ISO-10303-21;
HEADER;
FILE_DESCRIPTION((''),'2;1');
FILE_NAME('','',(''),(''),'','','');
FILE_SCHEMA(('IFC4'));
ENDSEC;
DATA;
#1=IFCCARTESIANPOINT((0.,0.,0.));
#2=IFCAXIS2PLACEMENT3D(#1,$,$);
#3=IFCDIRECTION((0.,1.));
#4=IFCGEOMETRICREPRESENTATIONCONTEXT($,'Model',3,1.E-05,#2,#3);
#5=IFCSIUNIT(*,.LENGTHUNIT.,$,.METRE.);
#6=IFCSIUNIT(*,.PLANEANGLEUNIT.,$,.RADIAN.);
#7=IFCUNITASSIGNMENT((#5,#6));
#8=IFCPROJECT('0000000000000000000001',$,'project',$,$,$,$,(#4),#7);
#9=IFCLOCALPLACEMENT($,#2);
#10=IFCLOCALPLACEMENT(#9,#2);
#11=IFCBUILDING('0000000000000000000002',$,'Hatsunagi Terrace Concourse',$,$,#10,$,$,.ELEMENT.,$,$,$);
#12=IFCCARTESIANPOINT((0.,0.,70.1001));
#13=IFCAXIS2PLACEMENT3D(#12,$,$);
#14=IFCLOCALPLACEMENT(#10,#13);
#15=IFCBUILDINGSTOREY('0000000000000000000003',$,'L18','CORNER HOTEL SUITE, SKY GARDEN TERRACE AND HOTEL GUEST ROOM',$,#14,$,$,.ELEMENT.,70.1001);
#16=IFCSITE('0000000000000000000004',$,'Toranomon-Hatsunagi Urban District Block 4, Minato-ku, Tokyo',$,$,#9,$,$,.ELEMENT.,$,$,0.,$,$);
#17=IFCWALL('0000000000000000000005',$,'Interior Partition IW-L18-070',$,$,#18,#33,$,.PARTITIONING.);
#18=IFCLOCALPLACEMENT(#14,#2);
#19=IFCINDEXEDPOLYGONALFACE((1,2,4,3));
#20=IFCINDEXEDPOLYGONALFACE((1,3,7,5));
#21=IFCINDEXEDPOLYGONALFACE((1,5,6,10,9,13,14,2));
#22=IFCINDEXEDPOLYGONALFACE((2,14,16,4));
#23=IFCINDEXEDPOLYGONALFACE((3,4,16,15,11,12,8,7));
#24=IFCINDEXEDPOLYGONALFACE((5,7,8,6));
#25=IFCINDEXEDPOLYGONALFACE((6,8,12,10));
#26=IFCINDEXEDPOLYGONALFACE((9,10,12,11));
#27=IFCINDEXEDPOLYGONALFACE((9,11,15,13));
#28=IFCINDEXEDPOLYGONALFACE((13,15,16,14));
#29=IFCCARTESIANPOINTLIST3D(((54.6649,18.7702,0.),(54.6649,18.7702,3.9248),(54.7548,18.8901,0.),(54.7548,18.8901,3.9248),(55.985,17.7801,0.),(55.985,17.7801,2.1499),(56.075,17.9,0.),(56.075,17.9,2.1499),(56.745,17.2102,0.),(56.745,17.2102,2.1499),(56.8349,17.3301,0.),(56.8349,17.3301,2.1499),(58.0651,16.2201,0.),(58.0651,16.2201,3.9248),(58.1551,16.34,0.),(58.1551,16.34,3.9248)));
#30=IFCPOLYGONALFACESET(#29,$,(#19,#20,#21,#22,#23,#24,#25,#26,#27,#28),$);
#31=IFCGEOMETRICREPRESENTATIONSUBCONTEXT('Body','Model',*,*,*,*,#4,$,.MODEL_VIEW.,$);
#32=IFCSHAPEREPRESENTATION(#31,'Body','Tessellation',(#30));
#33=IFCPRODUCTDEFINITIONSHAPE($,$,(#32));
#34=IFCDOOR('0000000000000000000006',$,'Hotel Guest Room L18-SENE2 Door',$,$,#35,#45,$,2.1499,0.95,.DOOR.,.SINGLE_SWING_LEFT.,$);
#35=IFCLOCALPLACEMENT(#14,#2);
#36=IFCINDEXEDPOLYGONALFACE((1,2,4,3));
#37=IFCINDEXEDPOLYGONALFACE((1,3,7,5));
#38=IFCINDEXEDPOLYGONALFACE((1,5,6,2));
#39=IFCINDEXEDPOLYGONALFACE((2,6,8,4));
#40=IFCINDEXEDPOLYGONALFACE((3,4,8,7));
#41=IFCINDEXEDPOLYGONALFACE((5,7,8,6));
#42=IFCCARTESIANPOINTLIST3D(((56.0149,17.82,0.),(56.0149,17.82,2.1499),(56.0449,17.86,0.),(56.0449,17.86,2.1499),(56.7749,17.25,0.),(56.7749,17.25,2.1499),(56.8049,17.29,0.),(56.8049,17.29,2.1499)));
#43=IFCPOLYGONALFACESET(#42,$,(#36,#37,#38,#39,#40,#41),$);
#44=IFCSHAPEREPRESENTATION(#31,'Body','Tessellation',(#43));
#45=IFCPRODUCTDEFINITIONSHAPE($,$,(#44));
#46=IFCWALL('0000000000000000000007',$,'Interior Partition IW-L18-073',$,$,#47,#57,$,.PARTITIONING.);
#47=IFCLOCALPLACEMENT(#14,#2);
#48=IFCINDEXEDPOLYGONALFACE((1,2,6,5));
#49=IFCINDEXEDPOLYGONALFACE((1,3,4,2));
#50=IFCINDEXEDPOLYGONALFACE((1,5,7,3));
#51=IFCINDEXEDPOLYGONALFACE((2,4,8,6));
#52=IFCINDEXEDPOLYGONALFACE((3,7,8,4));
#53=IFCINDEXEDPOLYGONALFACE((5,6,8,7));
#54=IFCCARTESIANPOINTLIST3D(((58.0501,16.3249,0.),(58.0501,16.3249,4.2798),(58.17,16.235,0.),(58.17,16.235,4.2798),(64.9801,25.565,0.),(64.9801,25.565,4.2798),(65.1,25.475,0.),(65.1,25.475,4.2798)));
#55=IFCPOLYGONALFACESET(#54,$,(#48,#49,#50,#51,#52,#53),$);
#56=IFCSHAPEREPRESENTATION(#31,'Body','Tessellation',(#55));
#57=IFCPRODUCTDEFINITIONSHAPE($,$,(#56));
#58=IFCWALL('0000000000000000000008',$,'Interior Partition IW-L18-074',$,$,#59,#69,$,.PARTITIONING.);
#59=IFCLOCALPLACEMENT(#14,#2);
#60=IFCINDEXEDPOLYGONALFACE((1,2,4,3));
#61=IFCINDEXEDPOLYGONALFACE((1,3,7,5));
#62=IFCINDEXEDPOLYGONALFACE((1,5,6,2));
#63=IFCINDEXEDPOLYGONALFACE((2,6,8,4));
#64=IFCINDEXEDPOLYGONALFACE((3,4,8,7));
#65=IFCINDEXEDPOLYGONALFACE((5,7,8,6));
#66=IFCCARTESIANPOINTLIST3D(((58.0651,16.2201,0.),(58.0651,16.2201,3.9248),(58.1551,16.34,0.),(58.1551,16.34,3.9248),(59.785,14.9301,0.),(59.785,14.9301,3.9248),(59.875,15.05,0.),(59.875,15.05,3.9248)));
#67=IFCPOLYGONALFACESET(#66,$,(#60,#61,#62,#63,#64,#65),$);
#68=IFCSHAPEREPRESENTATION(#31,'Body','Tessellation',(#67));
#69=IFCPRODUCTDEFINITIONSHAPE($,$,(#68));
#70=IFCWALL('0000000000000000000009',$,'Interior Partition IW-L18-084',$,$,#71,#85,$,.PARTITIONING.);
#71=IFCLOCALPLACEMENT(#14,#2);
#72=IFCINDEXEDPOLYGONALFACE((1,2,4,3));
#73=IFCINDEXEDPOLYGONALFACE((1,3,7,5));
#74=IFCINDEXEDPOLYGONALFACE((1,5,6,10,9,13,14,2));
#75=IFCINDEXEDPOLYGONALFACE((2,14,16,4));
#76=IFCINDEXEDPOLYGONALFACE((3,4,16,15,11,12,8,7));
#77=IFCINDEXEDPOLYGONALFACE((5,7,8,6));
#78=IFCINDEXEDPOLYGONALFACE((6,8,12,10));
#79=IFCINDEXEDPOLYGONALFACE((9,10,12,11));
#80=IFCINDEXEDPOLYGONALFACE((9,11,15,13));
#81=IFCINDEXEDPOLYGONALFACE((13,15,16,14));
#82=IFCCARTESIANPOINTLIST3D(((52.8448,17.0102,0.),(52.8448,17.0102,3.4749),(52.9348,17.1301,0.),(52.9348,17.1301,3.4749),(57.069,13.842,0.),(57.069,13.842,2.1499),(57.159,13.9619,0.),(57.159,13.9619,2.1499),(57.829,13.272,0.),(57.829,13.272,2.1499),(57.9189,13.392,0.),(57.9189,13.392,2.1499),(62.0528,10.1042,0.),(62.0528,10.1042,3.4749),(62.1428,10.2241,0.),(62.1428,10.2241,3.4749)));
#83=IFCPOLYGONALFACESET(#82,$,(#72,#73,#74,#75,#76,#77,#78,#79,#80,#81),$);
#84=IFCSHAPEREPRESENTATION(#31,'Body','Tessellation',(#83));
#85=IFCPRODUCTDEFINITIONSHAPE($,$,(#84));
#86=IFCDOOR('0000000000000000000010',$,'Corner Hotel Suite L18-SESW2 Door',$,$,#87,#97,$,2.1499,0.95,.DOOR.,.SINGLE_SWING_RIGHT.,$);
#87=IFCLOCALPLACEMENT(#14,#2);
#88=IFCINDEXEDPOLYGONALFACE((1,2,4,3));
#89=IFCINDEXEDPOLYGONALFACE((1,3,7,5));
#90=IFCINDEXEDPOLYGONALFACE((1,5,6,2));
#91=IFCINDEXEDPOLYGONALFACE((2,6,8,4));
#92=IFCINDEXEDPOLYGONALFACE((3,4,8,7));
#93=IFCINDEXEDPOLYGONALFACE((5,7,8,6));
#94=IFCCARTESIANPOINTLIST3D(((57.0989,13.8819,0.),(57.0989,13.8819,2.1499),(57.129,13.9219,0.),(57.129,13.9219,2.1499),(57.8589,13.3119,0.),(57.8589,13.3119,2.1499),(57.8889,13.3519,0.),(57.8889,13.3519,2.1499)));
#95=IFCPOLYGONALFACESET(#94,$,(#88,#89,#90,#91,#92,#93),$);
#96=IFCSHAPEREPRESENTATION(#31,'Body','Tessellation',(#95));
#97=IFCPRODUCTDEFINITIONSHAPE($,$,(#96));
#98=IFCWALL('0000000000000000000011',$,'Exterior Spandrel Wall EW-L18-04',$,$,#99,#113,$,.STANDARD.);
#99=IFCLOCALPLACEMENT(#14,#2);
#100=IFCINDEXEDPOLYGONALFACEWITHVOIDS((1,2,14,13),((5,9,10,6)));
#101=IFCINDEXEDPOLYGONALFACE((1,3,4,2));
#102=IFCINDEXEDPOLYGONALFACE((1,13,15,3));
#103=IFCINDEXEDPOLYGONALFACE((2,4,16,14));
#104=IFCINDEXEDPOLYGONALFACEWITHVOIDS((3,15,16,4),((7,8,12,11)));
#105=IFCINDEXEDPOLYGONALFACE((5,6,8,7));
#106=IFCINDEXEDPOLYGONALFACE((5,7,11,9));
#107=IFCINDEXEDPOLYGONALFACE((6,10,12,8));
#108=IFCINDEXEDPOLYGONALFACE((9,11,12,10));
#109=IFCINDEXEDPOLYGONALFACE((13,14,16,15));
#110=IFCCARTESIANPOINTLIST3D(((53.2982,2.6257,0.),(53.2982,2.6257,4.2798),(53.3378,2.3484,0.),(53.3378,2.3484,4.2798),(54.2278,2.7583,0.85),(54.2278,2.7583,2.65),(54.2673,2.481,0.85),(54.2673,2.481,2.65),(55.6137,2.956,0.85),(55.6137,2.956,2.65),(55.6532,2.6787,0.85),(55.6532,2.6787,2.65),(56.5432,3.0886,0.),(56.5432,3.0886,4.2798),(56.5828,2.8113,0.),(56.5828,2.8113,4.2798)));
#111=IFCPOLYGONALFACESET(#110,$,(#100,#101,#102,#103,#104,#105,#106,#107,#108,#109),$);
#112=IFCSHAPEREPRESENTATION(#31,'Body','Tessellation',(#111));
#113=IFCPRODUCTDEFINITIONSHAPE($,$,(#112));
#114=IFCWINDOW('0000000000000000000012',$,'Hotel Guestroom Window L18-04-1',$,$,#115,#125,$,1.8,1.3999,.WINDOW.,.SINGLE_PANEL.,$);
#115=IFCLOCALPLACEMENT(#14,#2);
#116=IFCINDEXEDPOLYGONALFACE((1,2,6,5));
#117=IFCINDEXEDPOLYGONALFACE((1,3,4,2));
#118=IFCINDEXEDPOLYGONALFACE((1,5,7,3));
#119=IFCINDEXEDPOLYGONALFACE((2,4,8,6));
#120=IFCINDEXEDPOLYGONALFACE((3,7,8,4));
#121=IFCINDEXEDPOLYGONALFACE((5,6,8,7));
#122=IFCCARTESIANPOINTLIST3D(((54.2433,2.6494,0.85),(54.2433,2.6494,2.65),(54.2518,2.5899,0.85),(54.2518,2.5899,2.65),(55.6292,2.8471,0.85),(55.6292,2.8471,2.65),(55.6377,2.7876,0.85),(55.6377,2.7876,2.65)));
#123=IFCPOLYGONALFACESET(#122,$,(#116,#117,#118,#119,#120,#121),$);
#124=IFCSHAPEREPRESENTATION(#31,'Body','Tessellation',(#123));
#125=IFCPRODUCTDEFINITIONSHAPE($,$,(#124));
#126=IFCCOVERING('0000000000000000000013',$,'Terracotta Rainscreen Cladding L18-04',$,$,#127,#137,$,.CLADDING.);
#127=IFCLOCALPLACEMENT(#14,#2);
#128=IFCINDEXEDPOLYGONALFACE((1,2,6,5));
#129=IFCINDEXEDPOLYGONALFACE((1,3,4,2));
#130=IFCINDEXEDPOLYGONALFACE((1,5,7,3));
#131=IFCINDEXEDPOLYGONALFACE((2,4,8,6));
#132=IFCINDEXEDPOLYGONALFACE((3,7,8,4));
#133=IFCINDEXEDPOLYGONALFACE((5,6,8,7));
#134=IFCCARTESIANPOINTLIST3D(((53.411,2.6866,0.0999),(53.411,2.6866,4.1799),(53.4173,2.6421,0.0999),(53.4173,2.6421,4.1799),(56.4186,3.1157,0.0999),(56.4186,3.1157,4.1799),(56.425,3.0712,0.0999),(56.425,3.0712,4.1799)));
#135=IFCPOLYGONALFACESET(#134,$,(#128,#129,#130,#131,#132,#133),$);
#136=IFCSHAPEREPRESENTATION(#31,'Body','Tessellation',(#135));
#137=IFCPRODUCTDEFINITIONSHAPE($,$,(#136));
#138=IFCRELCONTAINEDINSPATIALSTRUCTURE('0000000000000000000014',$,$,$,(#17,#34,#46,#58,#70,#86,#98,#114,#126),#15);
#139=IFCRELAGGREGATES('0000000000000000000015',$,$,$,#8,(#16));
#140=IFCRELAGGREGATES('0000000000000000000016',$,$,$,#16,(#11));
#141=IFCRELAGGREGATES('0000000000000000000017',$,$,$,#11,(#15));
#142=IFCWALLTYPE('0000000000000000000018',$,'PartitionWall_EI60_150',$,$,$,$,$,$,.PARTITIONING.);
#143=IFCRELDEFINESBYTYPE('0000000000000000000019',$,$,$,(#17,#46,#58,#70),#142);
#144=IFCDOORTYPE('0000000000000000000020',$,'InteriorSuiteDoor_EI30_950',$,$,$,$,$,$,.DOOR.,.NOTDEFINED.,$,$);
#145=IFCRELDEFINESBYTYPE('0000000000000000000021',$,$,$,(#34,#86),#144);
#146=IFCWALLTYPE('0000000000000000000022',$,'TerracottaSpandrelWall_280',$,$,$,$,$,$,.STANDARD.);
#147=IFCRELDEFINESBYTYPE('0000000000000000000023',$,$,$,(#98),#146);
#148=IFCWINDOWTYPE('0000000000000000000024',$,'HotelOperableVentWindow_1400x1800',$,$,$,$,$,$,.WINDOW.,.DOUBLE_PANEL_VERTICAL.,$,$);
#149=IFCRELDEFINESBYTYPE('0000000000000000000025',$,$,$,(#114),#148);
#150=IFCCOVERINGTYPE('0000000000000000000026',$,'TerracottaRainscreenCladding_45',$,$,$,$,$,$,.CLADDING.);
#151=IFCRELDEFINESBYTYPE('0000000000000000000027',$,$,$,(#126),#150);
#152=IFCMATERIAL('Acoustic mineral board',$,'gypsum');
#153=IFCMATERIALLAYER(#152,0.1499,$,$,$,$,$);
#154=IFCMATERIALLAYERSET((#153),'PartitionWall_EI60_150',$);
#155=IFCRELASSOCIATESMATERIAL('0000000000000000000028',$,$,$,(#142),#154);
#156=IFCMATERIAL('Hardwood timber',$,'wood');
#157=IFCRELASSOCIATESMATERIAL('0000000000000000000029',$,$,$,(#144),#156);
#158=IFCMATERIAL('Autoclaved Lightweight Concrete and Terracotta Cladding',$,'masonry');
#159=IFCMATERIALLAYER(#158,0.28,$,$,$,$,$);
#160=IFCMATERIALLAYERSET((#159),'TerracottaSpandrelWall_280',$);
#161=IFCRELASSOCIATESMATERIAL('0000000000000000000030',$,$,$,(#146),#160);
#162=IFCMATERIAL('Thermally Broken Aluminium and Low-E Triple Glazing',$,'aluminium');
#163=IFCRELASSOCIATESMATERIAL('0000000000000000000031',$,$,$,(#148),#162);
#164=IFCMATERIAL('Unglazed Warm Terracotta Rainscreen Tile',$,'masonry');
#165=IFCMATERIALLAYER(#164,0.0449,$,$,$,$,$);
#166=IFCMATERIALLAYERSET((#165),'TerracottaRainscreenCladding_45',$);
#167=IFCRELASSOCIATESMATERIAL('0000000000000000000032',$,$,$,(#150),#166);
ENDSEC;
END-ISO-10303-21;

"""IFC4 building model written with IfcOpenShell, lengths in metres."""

from ifc_helpers import new_model, si_unit, direction, frame, frame_2d, origin, origin_2d, place, context, subcontext, project, spatial, rectangle, extrude, material, layer, layer_set, type_object, element, fill, save


model = new_model("IFC4")

# Units and contexts
model_context = context("Model", 3, precision=1e-05, world=origin(), true_north=direction((0.0, 1.0)))
body_context = subcontext(model_context, "Body", "Model", "MODEL_VIEW")
ifc_project = project(units=[si_unit("LENGTHUNIT", "METRE"), si_unit("PLANEANGLEUNIT", "RADIAN")], contexts=[model_context])

# Site, building, storey
site_placement = place(None, origin())
site = spatial("IfcSite", under=ifc_project, at=site_placement, Name="Toranomon-Hatsunagi Urban District Block 4, Minato-ku, Tokyo", CompositionType="ELEMENT", RefElevation=0.0)
building_placement = place(site_placement, origin())
building = spatial("IfcBuilding", under=site, at=building_placement, Name="Hatsunagi Terrace Concourse", CompositionType="ELEMENT")
storey_placement = place(building_placement, frame((0.0, 0.0, 70.1001)))
storey = spatial("IfcBuildingStorey", under=building, at=storey_placement, Name="L18", Description="CORNER HOTEL SUITE, SKY GARDEN TERRACE AND HOTEL GUEST ROOM", CompositionType="ELEMENT", Elevation=70.1001)

# Wall, opening, door
ifc_material_1 = material(Name="Acoustic mineral board", Category="gypsum")
ifc_layer_1 = layer(ifc_material_1, 0.1499)
ifc_layer_set_1 = layer_set([ifc_layer_1], Name="PartitionWall_EI60_150")
wall_type_1 = type_object("IfcWallType", Name="PartitionWall_EI60_150", PredefinedType="PARTITIONING", material=ifc_layer_set_1)
wall_1_placement = place(storey_placement, frame((54.71, 18.8301, 0.0), z_axis=(0.0, 0.0, 1.0), x_axis=(0.800007, -0.599991, 0.0)))
wall_1 = element("IfcWall", 1, at=wall_1_placement, inside=storey, type_object=wall_type_1, Name="Interior Partition IW-L18-070", PredefinedType="PARTITIONING", context=body_context, shape_type="SweptSolid", body=[
    extrude(rectangle(XDim=4.2502, YDim=0.1499, at=frame_2d((2.125, 0.0))), origin(), (0.0, 0.0, 1.0), 3.9248),
])
opening_1_placement = place(wall_1_placement, frame((1.6499, 0.0, 0.0)))
opening_1 = element("IfcOpeningElement", 2, at=opening_1_placement, cuts=wall_1, PredefinedType="OPENING", context=body_context, shape_type="SweptSolid", body=[
    extrude(rectangle(XDim=0.95, YDim=2.1499, at=frame_2d((0.4751, 1.075))), frame((0.0, 0.085, 0.0), z_axis=(0.0, -1.0, 0.0), x_axis=(1.0, 0.0, 0.0)), (0.0, 0.0, 1.0), 0.1699),
])
ifc_material_2 = material(Name="Hardwood timber", Category="wood")
door_type = type_object("IfcDoorType", Name="InteriorSuiteDoor_EI30_950", OperationType="NOTDEFINED", PredefinedType="DOOR", material=ifc_material_2)
door_1_placement = place(opening_1_placement, origin())
door_1 = element("IfcDoor", 3, at=door_1_placement, inside=storey, type_object=door_type, Name="Hotel Guest Room L18-SENE2 Door", OperationType="SINGLE_SWING_LEFT", OverallHeight=2.1499, OverallWidth=0.95, PredefinedType="DOOR", context=body_context, shape_type="SweptSolid", body=[
    extrude(rectangle(XDim=0.95, YDim=2.1499, at=frame_2d((0.4751, 1.075))), frame((0.0, 0.0249, 0.0), z_axis=(0.0, -1.0, 0.0), x_axis=(1.0, 0.0, 0.0)), (0.0, 0.0, 1.0), 0.05),
])
fill(opening_1, door_1)

# Walls
wall_2_placement = place(storey_placement, frame((58.1101, 16.28, 0.0), z_axis=(0.0, 0.0, 1.0), x_axis=(0.599997, 0.800003, 0.0)))
element("IfcWall", 4, at=wall_2_placement, inside=storey, type_object=wall_type_1, Name="Interior Partition IW-L18-073", PredefinedType="PARTITIONING", context=body_context, shape_type="SweptSolid", body=[
    extrude(rectangle(XDim=11.55, YDim=0.1499, at=frame_2d((5.7749, 0.0))), origin(), (0.0, 0.0, 1.0), 4.2798),
])
wall_3_placement = place(storey_placement, frame((58.1101, 16.28, 0.0), z_axis=(0.0, 0.0, 1.0), x_axis=(0.799986, -0.600018, 0.0)))
element("IfcWall", 5, at=wall_3_placement, inside=storey, type_object=wall_type_1, Name="Interior Partition IW-L18-074", PredefinedType="PARTITIONING", context=body_context, shape_type="SweptSolid", body=[
    extrude(rectangle(XDim=2.1499, YDim=0.1499, at=frame_2d((1.075, 0.0))), origin(), (0.0, 0.0, 1.0), 3.9248),
])

# Wall, opening, door
wall_4_placement = place(storey_placement, frame((52.8899, 17.0701, 0.0), z_axis=(0.0, 0.0, 1.0), x_axis=(0.8, -0.6, 0.0)))
wall_4 = element("IfcWall", 6, at=wall_4_placement, inside=storey, type_object=wall_type_1, Name="Interior Partition IW-L18-084", PredefinedType="PARTITIONING", context=body_context, shape_type="SweptSolid", body=[
    extrude(rectangle(XDim=11.51, YDim=0.1499, at=frame_2d((5.7549, 0.0))), origin(), (0.0, 0.0, 1.0), 3.4749),
])
opening_2_placement = place(wall_4_placement, frame((5.28, 0.0, 0.0)))
opening_2 = element("IfcOpeningElement", 7, at=opening_2_placement, cuts=wall_4, PredefinedType="OPENING", context=body_context, shape_type="SweptSolid", body=[
    extrude(rectangle(XDim=0.95, YDim=2.1499, at=frame_2d((0.4751, 1.075))), frame((0.0, 0.085, 0.0), z_axis=(0.0, -1.0, 0.0), x_axis=(1.0, 0.0, 0.0)), (0.0, 0.0, 1.0), 0.1699),
])
door_2_placement = place(opening_2_placement, origin())
door_2 = element("IfcDoor", 8, at=door_2_placement, inside=storey, type_object=door_type, Name="Corner Hotel Suite L18-SESW2 Door", OperationType="SINGLE_SWING_RIGHT", OverallHeight=2.1499, OverallWidth=0.95, PredefinedType="DOOR", context=body_context, shape_type="SweptSolid", body=[
    extrude(rectangle(XDim=0.95, YDim=2.1499, at=frame_2d((0.4751, 1.075))), frame((0.0, 0.0249, 0.0), z_axis=(0.0, -1.0, 0.0), x_axis=(1.0, 0.0, 0.0)), (0.0, 0.0, 1.0), 0.05),
])
fill(opening_2, door_2)

# Wall, opening, window
ifc_material_3 = material(Name="Autoclaved Lightweight Concrete and Terracotta Cladding", Category="masonry")
ifc_layer_2 = layer(ifc_material_3, 0.28)
ifc_layer_set_2 = layer_set([ifc_layer_2], Name="TerracottaSpandrelWall_280")
wall_type_2 = type_object("IfcWallType", Name="TerracottaSpandrelWall_280", PredefinedType="STANDARD", material=ifc_layer_set_2)
wall_5_placement = place(storey_placement, frame((56.563, 2.95, 0.0), z_axis=(0.0, 0.0, 1.0), x_axis=(-0.989978, -0.141223, 0.0)))
wall_5 = element("IfcWall", 9, at=wall_5_placement, inside=storey, type_object=wall_type_2, Name="Exterior Spandrel Wall EW-L18-04", PredefinedType="STANDARD", context=body_context, shape_type="SweptSolid", body=[
    extrude(rectangle(XDim=3.2778, YDim=0.28, at=frame_2d((1.6389, 0.0))), origin(), (0.0, 0.0, 1.0), 4.2798),
])
opening_3_placement = place(wall_5_placement, frame((0.939, 0.0, 0.8501)))
opening_3 = element("IfcOpeningElement", 10, at=opening_3_placement, cuts=wall_5, PredefinedType="OPENING", context=body_context, shape_type="SweptSolid", body=[
    extrude(rectangle(XDim=1.3999, YDim=1.8, at=frame_2d((0.7, 0.8999))), frame((0.0, 0.1499, 0.0), z_axis=(0.0, -1.0, 0.0), x_axis=(1.0, 0.0, 0.0)), (0.0, 0.0, 1.0), 0.3),
])
ifc_material_4 = material(Name="Thermally Broken Aluminium and Low-E Triple Glazing", Category="aluminium")
window_type = type_object("IfcWindowType", Name="HotelOperableVentWindow_1400x1800", PartitioningType="DOUBLE_PANEL_VERTICAL", PredefinedType="WINDOW", material=ifc_material_4)
window_placement = place(opening_3_placement, origin())
window = element("IfcWindow", 11, at=window_placement, inside=storey, type_object=window_type, Name="Hotel Guestroom Window L18-04-1", OverallHeight=1.8, OverallWidth=1.3999, PartitioningType="SINGLE_PANEL", PredefinedType="WINDOW", context=body_context, shape_type="SweptSolid", body=[
    extrude(rectangle(XDim=1.3999, YDim=1.8, at=frame_2d((0.7, 0.8999))), frame((0.0, 0.03, 0.0), z_axis=(0.0, -1.0, 0.0), x_axis=(1.0, 0.0, 0.0)), (0.0, 0.0, 1.0), 0.0601),
])
fill(opening_3, window)

# Covering
ifc_material_5 = material(Name="Unglazed Warm Terracotta Rainscreen Tile", Category="masonry")
ifc_layer_3 = layer(ifc_material_5, 0.0449)
ifc_layer_set_3 = layer_set([ifc_layer_3], Name="TerracottaRainscreenCladding_45")
covering_type = type_object("IfcCoveringType", Name="TerracottaRainscreenCladding_45", PredefinedType="CLADDING", material=ifc_layer_set_3)
covering_placement = place(storey_placement, frame((54.918, 2.8789, 0.0999), z_axis=(0.0, 0.0, 1.0), x_axis=(-0.989974, -0.14125, 0.0)))
element("IfcCovering", 12, at=covering_placement, inside=storey, type_object=covering_type, Name="Terracotta Rainscreen Cladding L18-04", PredefinedType="CLADDING", context=body_context, shape_type="SweptSolid", body=[
    extrude(rectangle(XDim=3.0381, YDim=0.0449, at=origin_2d()), origin(), (0.0, 0.0, 1.0), 4.0801),
])

save(model, "model.ifc")
